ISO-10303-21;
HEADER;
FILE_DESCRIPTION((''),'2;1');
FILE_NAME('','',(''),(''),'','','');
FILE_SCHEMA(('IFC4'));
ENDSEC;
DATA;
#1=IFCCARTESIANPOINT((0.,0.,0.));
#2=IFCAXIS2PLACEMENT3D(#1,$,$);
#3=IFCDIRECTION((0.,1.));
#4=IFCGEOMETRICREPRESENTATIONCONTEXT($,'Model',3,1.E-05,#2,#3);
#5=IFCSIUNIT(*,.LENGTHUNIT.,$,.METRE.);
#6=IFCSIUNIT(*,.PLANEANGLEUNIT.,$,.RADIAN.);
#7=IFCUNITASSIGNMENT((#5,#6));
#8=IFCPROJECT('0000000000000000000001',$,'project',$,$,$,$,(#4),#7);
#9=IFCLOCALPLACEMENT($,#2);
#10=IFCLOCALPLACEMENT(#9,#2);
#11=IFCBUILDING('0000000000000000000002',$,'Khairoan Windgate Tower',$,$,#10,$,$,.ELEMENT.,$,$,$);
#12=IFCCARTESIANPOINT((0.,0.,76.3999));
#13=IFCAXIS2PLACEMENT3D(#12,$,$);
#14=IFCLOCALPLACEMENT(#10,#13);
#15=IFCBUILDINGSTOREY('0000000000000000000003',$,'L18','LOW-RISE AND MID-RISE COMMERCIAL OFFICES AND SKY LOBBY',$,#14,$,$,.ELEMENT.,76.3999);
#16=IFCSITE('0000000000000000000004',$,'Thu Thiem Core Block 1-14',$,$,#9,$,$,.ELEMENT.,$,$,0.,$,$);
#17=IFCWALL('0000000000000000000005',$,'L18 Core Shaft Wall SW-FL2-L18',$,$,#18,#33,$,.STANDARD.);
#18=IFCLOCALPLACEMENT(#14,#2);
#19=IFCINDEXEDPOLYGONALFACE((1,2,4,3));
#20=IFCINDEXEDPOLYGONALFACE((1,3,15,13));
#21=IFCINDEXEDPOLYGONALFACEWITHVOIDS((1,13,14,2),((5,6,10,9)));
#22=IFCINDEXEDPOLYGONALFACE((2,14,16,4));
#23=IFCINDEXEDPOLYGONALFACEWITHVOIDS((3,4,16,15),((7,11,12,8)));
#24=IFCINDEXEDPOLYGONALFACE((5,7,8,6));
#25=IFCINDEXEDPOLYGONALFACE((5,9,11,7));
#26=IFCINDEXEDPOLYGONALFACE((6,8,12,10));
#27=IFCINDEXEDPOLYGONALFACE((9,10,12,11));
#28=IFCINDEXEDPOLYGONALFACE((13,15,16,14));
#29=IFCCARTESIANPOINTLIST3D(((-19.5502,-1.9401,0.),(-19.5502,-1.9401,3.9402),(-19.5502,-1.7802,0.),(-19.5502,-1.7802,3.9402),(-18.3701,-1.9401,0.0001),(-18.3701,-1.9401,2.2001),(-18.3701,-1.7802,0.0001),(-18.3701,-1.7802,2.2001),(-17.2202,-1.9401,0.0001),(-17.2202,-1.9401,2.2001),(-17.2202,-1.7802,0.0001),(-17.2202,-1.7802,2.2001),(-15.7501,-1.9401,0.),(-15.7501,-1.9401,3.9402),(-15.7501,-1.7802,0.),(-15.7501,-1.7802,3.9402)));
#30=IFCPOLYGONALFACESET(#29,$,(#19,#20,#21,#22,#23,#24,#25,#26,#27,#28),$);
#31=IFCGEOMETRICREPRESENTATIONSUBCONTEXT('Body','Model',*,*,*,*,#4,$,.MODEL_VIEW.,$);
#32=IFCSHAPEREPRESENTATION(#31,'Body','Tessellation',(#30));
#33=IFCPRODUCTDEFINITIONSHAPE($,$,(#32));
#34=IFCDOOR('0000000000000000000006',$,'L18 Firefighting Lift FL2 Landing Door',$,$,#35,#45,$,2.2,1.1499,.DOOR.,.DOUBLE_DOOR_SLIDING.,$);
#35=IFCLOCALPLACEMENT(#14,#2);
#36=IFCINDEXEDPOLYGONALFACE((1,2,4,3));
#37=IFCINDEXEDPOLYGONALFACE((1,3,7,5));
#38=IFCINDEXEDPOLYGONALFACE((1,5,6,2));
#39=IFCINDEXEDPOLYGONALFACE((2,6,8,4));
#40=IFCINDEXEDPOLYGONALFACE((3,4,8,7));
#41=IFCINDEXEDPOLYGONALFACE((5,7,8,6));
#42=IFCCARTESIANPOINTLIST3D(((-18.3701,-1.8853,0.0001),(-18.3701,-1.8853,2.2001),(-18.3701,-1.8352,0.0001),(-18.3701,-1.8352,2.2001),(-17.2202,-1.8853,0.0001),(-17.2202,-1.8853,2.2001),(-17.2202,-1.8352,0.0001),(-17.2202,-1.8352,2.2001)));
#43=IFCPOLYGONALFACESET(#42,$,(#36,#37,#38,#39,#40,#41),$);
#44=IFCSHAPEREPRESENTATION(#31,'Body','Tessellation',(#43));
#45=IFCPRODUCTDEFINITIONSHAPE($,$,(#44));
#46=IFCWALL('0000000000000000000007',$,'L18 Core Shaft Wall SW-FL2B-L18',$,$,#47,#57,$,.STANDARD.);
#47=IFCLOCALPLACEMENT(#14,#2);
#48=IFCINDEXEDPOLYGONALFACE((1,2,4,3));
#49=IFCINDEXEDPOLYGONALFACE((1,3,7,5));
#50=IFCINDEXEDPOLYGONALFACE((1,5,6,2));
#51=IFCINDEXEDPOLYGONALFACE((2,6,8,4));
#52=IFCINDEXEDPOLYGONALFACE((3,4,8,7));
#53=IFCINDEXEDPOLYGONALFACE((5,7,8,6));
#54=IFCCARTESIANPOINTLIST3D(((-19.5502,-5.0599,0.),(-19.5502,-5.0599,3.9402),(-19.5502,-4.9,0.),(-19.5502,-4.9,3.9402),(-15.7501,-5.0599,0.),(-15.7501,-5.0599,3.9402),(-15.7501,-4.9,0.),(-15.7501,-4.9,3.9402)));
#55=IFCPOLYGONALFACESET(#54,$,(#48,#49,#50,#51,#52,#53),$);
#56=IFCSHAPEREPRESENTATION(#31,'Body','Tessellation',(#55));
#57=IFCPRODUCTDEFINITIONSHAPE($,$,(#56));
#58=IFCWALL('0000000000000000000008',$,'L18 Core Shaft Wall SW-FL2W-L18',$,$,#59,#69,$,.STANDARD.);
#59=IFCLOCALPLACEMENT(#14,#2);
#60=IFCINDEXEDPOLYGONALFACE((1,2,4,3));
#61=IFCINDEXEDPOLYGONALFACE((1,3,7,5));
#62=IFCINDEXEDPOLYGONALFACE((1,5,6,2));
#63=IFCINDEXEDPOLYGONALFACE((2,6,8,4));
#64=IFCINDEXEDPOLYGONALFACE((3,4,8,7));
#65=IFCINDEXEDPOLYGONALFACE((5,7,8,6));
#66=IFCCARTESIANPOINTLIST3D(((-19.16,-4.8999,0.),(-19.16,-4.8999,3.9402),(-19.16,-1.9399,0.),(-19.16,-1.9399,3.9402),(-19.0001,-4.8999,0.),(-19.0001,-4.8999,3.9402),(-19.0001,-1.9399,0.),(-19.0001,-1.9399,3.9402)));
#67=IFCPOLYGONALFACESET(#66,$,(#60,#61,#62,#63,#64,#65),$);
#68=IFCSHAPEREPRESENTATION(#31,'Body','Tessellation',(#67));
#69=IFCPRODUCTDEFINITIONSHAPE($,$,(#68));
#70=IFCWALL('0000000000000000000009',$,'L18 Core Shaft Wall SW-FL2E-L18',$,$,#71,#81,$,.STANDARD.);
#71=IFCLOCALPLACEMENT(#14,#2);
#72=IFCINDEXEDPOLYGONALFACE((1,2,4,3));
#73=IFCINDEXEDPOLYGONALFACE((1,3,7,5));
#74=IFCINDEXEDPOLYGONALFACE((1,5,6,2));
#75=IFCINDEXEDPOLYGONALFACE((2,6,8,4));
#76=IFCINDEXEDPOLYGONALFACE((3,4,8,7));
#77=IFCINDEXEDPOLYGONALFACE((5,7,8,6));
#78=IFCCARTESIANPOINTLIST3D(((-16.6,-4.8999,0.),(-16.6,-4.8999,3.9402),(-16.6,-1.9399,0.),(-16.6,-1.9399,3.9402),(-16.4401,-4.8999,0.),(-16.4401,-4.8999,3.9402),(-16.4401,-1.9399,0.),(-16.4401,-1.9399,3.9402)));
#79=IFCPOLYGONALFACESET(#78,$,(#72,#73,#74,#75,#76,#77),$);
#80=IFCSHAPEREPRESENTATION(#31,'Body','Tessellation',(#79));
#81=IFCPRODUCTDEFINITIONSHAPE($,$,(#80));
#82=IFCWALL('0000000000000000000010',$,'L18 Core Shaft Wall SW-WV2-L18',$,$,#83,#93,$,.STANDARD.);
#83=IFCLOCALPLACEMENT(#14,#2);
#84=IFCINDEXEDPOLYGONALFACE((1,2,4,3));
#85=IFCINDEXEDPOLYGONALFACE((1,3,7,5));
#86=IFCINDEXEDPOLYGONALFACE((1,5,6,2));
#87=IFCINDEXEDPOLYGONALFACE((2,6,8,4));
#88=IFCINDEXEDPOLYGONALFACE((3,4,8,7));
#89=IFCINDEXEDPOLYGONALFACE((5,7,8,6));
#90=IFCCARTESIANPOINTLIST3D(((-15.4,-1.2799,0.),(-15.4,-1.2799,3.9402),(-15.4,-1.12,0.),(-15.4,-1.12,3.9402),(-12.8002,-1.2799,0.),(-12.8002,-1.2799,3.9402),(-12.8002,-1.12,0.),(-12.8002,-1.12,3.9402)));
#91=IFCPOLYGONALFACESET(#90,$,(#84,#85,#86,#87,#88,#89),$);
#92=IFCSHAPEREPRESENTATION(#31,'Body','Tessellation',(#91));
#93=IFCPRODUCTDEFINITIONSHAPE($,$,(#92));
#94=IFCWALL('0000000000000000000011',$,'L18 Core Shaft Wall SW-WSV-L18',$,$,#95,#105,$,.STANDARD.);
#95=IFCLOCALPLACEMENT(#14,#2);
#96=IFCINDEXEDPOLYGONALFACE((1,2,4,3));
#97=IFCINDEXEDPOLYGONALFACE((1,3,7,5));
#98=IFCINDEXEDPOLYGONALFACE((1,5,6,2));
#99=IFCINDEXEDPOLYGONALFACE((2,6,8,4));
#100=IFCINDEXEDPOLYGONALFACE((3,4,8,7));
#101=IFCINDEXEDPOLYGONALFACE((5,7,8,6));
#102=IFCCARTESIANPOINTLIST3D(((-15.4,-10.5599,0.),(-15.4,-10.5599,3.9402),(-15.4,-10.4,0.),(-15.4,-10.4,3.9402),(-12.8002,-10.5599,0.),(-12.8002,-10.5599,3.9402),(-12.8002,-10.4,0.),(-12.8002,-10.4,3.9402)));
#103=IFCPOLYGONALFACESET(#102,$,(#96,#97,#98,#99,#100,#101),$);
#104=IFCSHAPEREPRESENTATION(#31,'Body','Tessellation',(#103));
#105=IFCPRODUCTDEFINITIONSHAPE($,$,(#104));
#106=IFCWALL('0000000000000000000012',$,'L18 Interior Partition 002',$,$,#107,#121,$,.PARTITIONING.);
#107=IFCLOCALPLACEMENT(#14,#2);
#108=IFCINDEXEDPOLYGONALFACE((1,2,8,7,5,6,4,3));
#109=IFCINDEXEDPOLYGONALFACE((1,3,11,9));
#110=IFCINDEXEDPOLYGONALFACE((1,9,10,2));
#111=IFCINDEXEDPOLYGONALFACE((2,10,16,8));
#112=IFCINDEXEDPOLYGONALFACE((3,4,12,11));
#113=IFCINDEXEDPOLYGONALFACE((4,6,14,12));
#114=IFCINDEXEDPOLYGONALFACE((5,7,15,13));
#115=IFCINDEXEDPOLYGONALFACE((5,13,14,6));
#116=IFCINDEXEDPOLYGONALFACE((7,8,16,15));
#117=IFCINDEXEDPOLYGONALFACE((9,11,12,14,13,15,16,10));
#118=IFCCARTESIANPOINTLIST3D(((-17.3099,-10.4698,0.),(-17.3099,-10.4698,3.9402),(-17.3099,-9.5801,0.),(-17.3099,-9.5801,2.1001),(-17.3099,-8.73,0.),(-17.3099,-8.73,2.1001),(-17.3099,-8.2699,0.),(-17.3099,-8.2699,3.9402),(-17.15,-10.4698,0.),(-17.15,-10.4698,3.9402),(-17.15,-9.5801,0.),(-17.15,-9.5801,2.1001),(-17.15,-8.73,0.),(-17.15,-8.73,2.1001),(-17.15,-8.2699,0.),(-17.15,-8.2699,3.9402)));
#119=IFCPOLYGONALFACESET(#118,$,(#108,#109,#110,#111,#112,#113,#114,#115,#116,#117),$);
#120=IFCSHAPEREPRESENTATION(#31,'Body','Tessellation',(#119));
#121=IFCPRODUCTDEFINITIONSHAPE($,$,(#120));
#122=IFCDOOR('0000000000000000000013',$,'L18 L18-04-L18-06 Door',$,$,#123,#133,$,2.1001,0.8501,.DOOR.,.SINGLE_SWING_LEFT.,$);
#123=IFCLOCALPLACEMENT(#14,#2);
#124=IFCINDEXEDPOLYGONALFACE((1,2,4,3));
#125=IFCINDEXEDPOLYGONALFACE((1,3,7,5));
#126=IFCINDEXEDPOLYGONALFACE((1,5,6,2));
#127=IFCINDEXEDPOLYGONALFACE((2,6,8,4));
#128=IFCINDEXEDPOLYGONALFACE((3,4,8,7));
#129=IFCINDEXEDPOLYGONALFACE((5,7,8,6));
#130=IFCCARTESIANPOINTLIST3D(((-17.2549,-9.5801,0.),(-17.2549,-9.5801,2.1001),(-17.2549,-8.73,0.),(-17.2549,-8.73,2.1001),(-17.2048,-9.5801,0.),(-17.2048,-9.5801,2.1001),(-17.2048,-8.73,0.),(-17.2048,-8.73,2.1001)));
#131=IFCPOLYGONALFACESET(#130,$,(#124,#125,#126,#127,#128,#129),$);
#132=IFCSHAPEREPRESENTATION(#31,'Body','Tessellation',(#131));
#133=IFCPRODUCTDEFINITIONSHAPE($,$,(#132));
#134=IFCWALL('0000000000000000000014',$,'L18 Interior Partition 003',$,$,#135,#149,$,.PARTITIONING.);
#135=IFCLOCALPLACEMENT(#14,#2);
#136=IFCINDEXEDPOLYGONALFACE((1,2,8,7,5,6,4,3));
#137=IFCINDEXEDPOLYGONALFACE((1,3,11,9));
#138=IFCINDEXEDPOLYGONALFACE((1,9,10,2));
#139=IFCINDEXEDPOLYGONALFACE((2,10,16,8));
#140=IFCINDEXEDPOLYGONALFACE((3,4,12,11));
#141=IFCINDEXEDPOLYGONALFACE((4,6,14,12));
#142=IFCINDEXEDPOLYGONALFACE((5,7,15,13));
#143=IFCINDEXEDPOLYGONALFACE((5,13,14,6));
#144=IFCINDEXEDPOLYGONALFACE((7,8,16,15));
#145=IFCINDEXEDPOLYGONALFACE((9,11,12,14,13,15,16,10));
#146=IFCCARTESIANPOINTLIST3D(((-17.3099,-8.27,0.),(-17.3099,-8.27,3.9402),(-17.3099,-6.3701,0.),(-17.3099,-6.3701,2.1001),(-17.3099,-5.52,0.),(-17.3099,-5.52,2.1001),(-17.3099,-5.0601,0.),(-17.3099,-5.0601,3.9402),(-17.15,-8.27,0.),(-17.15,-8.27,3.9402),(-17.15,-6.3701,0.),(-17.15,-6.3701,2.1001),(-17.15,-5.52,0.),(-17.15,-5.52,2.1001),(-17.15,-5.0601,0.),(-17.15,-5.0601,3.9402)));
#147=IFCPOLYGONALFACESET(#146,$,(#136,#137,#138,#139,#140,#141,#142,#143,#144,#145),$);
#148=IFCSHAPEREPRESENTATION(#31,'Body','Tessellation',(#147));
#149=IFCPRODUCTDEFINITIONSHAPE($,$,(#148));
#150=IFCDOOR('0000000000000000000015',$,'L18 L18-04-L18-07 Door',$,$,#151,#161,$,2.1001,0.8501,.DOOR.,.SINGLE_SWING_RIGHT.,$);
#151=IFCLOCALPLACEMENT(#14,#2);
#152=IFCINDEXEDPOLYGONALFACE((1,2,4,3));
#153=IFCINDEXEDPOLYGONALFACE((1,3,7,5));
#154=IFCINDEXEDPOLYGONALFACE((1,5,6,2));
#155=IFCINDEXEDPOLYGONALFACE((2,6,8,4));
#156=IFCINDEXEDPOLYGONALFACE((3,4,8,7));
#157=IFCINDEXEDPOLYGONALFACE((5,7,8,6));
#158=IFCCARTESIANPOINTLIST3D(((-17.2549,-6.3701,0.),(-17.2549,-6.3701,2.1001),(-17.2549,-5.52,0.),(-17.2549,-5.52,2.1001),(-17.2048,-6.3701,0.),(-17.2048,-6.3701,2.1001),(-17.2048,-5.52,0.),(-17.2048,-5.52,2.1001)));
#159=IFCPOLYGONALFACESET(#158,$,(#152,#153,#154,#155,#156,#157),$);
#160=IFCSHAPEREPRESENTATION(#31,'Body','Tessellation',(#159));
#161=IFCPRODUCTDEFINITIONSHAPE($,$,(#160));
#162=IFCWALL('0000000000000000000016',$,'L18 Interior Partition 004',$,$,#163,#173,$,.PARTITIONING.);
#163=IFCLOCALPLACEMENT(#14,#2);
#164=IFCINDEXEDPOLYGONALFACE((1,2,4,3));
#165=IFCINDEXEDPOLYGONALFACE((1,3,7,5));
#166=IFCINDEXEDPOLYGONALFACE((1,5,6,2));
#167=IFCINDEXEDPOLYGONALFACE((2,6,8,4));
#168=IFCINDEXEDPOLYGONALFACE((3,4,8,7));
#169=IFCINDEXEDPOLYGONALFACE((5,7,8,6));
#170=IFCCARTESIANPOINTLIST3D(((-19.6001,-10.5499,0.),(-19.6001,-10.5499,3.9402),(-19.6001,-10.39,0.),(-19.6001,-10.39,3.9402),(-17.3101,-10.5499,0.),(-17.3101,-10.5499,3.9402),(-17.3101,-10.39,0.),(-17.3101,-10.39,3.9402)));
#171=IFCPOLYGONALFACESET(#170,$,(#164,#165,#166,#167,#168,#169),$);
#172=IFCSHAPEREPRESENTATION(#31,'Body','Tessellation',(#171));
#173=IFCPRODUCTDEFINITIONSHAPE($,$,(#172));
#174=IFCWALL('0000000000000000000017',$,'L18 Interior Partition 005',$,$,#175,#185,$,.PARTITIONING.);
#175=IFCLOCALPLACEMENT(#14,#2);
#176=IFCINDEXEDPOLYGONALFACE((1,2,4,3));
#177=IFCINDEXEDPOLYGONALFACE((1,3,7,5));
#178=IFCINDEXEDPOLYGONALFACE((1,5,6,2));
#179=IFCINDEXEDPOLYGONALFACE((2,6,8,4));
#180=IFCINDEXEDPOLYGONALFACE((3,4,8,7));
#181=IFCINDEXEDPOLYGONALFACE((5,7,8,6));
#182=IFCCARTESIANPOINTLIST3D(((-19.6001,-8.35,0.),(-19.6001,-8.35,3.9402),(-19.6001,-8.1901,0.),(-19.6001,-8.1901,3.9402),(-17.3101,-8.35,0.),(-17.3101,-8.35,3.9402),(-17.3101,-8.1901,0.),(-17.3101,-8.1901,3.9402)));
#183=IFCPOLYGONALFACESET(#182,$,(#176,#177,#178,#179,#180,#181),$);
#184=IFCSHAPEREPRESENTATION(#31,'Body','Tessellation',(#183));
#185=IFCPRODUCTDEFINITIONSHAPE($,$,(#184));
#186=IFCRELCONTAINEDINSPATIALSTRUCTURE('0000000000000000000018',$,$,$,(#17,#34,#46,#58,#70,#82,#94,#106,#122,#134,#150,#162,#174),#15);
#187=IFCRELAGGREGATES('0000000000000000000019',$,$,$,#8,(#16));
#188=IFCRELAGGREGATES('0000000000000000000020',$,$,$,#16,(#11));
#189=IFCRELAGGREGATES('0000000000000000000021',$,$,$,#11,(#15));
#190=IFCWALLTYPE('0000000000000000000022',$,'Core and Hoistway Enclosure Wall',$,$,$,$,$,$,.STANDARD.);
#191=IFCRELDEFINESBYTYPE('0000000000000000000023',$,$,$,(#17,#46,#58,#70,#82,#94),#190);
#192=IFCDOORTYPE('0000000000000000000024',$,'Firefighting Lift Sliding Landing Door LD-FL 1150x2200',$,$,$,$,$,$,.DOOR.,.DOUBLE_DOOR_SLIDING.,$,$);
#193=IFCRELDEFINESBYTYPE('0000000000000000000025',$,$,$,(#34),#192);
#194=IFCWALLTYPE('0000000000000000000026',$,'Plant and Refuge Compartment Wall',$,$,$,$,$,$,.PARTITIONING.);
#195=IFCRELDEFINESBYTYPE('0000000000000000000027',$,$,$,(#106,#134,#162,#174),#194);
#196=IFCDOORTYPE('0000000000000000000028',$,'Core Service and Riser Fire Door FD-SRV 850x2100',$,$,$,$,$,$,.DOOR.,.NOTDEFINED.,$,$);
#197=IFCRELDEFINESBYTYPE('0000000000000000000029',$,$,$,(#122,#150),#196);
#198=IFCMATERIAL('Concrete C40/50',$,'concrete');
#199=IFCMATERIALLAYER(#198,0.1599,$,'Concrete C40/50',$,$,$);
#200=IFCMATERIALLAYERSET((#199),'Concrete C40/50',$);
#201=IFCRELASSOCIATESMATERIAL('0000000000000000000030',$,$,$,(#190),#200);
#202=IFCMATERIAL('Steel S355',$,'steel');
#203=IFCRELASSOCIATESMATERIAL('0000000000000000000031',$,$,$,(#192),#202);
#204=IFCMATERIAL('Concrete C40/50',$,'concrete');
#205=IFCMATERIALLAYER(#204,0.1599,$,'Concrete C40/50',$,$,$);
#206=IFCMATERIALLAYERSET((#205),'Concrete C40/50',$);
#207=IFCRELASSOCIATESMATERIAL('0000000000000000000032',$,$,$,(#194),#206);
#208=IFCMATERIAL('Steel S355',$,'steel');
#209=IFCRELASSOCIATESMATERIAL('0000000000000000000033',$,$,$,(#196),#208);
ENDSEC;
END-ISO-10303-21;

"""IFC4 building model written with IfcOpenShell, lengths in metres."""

from ifc_helpers import new_model, si_unit, direction, frame, frame_2d, origin, place, context, subcontext, project, spatial, rectangle, extrude, material, layer, layer_set, type_object, element, fill, save


model = new_model("IFC4")

# Units and contexts
model_context = context("Model", 3, precision=1e-05, world=origin(), true_north=direction((0.0, 1.0)))
body_context = subcontext(model_context, "Body", "Model", "MODEL_VIEW")
ifc_project = project(units=[si_unit("LENGTHUNIT", "METRE"), si_unit("PLANEANGLEUNIT", "RADIAN")], contexts=[model_context])

# Site, building, storey
site_placement = place(None, origin())
site = spatial("IfcSite", under=ifc_project, at=site_placement, Name="Thu Thiem Core Block 1-14", CompositionType="ELEMENT", RefElevation=0.0)
building_placement = place(site_placement, origin())
building = spatial("IfcBuilding", under=site, at=building_placement, Name="Khairoan Windgate Tower", CompositionType="ELEMENT")
storey_placement = place(building_placement, frame((0.0, 0.0, 76.3999)))
storey = spatial("IfcBuildingStorey", under=building, at=storey_placement, Name="L18", Description="LOW-RISE AND MID-RISE COMMERCIAL OFFICES AND SKY LOBBY", CompositionType="ELEMENT", Elevation=76.3999)

# Shared definitions
ifc_material_1 = material(Name="Concrete C40/50", Category="concrete")
ifc_layer_1 = layer(ifc_material_1, 0.1599, Name="Concrete C40/50")
ifc_layer_set_1 = layer_set([ifc_layer_1], Name="Concrete C40/50")
wall_type_1 = type_object("IfcWallType", Name="Core and Hoistway Enclosure Wall", PredefinedType="STANDARD", material=ifc_layer_set_1)

# Wall, opening, door
wall_1_placement = place(storey_placement, frame((-19.55, -1.8601, 0.0), z_axis=(0.0, 0.0, 1.0), x_axis=(1.0, 0.0, 0.0)))
wall_1 = element("IfcWall", 1, at=wall_1_placement, inside=storey, type_object=wall_type_1, Name="L18 Core Shaft Wall SW-FL2-L18", PredefinedType="STANDARD", context=body_context, shape_type="SweptSolid", body=[
    extrude(rectangle(XDim=3.8, YDim=0.1599, at=frame_2d((1.8999, 0.0))), origin(), (0.0, 0.0, 1.0), 3.9402),
])
opening_1_placement = place(wall_1_placement, frame((1.1799, 0.0, 0.0)))
opening_1 = element("IfcOpeningElement", 2, at=opening_1_placement, cuts=wall_1, PredefinedType="OPENING", context=body_context, shape_type="SweptSolid", body=[
    extrude(rectangle(XDim=1.1499, YDim=2.2, at=frame_2d((0.575, 1.1001))), frame((0.0, 0.0898, 0.0), z_axis=(0.0, -1.0, 0.0), x_axis=(1.0, 0.0, 0.0)), (0.0, 0.0, 1.0), 0.1799),
])
ifc_material_2 = material(Name="Steel S355", Category="steel")
door_type_1 = type_object("IfcDoorType", Name="Firefighting Lift Sliding Landing Door LD-FL 1150x2200", OperationType="DOUBLE_DOOR_SLIDING", PredefinedType="DOOR", material=ifc_material_2)
door_1_placement = place(opening_1_placement, origin())
door_1 = element("IfcDoor", 3, at=door_1_placement, inside=storey, type_object=door_type_1, Name="L18 Firefighting Lift FL2 Landing Door", OperationType="DOUBLE_DOOR_SLIDING", OverallHeight=2.2, OverallWidth=1.1499, PredefinedType="DOOR", context=body_context, shape_type="SweptSolid", body=[
    extrude(rectangle(XDim=1.1499, YDim=2.2, at=frame_2d((0.575, 1.1001))), frame((0.0, 0.0249, 0.0), z_axis=(0.0, -1.0, 0.0), x_axis=(1.0, 0.0, 0.0)), (0.0, 0.0, 1.0), 0.05),
])
fill(opening_1, door_1)

# Walls
wall_2_placement = place(storey_placement, frame((-19.55, -4.98, 0.0), z_axis=(0.0, 0.0, 1.0), x_axis=(1.0, 0.0, 0.0)))
element("IfcWall", 4, at=wall_2_placement, inside=storey, type_object=wall_type_1, Name="L18 Core Shaft Wall SW-FL2B-L18", PredefinedType="STANDARD", context=body_context, shape_type="SweptSolid", body=[
    extrude(rectangle(XDim=3.8, YDim=0.1599, at=frame_2d((1.8999, 0.0))), origin(), (0.0, 0.0, 1.0), 3.9402),
])
for number, where, z_axis, x_axis, name in (
    (5, (-19.0801, -4.8999, 0.0), (0.0, 0.0, 1.0), (0.0, 1.0, 0.0), "L18 Core Shaft Wall SW-FL2W-L18"),
    (6, (-16.52, -4.8999, 0.0), (0.0, 0.0, 1.0), (0.0, 1.0, 0.0), "L18 Core Shaft Wall SW-FL2E-L18"),
):
    element("IfcWall", number, at=place(storey_placement, frame(where, z_axis=z_axis, x_axis=x_axis)), inside=storey, type_object=wall_type_1, Name=name, PredefinedType="STANDARD", context=body_context, shape_type="SweptSolid", body=[
        extrude(rectangle(XDim=2.96, YDim=0.1599, at=frame_2d((1.48, 0.0))), origin(), (0.0, 0.0, 1.0), 3.9402),
    ])
for number, where, z_axis, x_axis, name in (
    (7, (-15.3999, -1.2, 0.0), (0.0, 0.0, 1.0), (1.0, 0.0, 0.0), "L18 Core Shaft Wall SW-WV2-L18"),
    (8, (-15.3999, -10.48, 0.0), (0.0, 0.0, 1.0), (1.0, 0.0, 0.0), "L18 Core Shaft Wall SW-WSV-L18"),
):
    element("IfcWall", number, at=place(storey_placement, frame(where, z_axis=z_axis, x_axis=x_axis)), inside=storey, type_object=wall_type_1, Name=name, PredefinedType="STANDARD", context=body_context, shape_type="SweptSolid", body=[
        extrude(rectangle(XDim=2.5999, YDim=0.1599, at=frame_2d((1.2998, 0.0))), origin(), (0.0, 0.0, 1.0), 3.9402),
    ])

# Walls, openings, doors
ifc_material_3 = material(Name="Concrete C40/50", Category="concrete")
ifc_layer_2 = layer(ifc_material_3, 0.1599, Name="Concrete C40/50")
ifc_layer_set_2 = layer_set([ifc_layer_2], Name="Concrete C40/50")
wall_type_2 = type_object("IfcWallType", Name="Plant and Refuge Compartment Wall", PredefinedType="PARTITIONING", material=ifc_layer_set_2)
wall_3_placement = place(storey_placement, frame((-17.23, -10.47, 0.0), z_axis=(0.0, 0.0, 1.0), x_axis=(0.0, 1.0, 0.0)))
wall_3 = element("IfcWall", 9, at=wall_3_placement, inside=storey, type_object=wall_type_2, Name="L18 Interior Partition 002", PredefinedType="PARTITIONING", context=body_context, shape_type="SweptSolid", body=[
    extrude(rectangle(XDim=2.2, YDim=0.1599, at=frame_2d((1.1001, 0.0))), origin(), (0.0, 0.0, 1.0), 3.9402),
])
opening_2_placement = place(wall_3_placement, frame((0.8899, 0.0, 0.0)))
opening_2 = element("IfcOpeningElement", 10, at=opening_2_placement, cuts=wall_3, PredefinedType="OPENING", context=body_context, shape_type="SweptSolid", body=[
    extrude(rectangle(XDim=0.8501, YDim=2.1001, at=frame_2d((0.425, 1.05))), frame((0.0, 0.0898, 0.0), z_axis=(0.0, -1.0, 0.0), x_axis=(1.0, 0.0, 0.0)), (0.0, 0.0, 1.0), 0.1799),
])
ifc_material_4 = material(Name="Steel S355", Category="steel")
door_type_2 = type_object("IfcDoorType", Name="Core Service and Riser Fire Door FD-SRV 850x2100", OperationType="NOTDEFINED", PredefinedType="DOOR", material=ifc_material_4)
door_2_placement = place(opening_2_placement, origin())
door_2 = element("IfcDoor", 11, at=door_2_placement, inside=storey, type_object=door_type_2, Name="L18 L18-04-L18-06 Door", OperationType="SINGLE_SWING_LEFT", OverallHeight=2.1001, OverallWidth=0.8501, PredefinedType="DOOR", context=body_context, shape_type="SweptSolid", body=[
    extrude(rectangle(XDim=0.8501, YDim=2.1001, at=frame_2d((0.425, 1.05))), frame((0.0, 0.0249, 0.0), z_axis=(0.0, -1.0, 0.0), x_axis=(1.0, 0.0, 0.0)), (0.0, 0.0, 1.0), 0.05),
])
fill(opening_2, door_2)
wall_4_placement = place(storey_placement, frame((-17.23, -8.27, 0.0), z_axis=(0.0, 0.0, 1.0), x_axis=(0.0, 1.0, 0.0)))
wall_4 = element("IfcWall", 12, at=wall_4_placement, inside=storey, type_object=wall_type_2, Name="L18 Interior Partition 003", PredefinedType="PARTITIONING", context=body_context, shape_type="SweptSolid", body=[
    extrude(rectangle(XDim=3.21, YDim=0.1599, at=frame_2d((1.605, 0.0))), origin(), (0.0, 0.0, 1.0), 3.9402),
])
opening_3_placement = place(wall_4_placement, frame((1.8999, 0.0, 0.0)))
opening_3 = element("IfcOpeningElement", 13, at=opening_3_placement, cuts=wall_4, PredefinedType="OPENING", context=body_context, shape_type="SweptSolid", body=[
    extrude(rectangle(XDim=0.8501, YDim=2.1001, at=frame_2d((0.425, 1.05))), frame((0.0, 0.0898, 0.0), z_axis=(0.0, -1.0, 0.0), x_axis=(1.0, 0.0, 0.0)), (0.0, 0.0, 1.0), 0.1799),
])
door_3_placement = place(opening_3_placement, origin())
door_3 = element("IfcDoor", 14, at=door_3_placement, inside=storey, type_object=door_type_2, Name="L18 L18-04-L18-07 Door", OperationType="SINGLE_SWING_RIGHT", OverallHeight=2.1001, OverallWidth=0.8501, PredefinedType="DOOR", context=body_context, shape_type="SweptSolid", body=[
    extrude(rectangle(XDim=0.8501, YDim=2.1001, at=frame_2d((0.425, 1.05))), frame((0.0, 0.0249, 0.0), z_axis=(0.0, -1.0, 0.0), x_axis=(1.0, 0.0, 0.0)), (0.0, 0.0, 1.0), 0.05),
])
fill(opening_3, door_3)

# Walls
for number, where, z_axis, x_axis, name in (
    (15, (-19.6001, -10.47, 0.0), (0.0, 0.0, 1.0), (1.0, 0.0, 0.0), "L18 Interior Partition 004"),
    (16, (-19.6001, -8.27, 0.0), (0.0, 0.0, 1.0), (1.0, 0.0, 0.0), "L18 Interior Partition 005"),
):
    element("IfcWall", number, at=place(storey_placement, frame(where, z_axis=z_axis, x_axis=x_axis)), inside=storey, type_object=wall_type_2, Name=name, PredefinedType="PARTITIONING", context=body_context, shape_type="SweptSolid", body=[
        extrude(rectangle(XDim=2.29, YDim=0.1599, at=frame_2d((1.145, 0.0))), origin(), (0.0, 0.0, 1.0), 3.9402),
    ])

save(model, "model.ifc")
